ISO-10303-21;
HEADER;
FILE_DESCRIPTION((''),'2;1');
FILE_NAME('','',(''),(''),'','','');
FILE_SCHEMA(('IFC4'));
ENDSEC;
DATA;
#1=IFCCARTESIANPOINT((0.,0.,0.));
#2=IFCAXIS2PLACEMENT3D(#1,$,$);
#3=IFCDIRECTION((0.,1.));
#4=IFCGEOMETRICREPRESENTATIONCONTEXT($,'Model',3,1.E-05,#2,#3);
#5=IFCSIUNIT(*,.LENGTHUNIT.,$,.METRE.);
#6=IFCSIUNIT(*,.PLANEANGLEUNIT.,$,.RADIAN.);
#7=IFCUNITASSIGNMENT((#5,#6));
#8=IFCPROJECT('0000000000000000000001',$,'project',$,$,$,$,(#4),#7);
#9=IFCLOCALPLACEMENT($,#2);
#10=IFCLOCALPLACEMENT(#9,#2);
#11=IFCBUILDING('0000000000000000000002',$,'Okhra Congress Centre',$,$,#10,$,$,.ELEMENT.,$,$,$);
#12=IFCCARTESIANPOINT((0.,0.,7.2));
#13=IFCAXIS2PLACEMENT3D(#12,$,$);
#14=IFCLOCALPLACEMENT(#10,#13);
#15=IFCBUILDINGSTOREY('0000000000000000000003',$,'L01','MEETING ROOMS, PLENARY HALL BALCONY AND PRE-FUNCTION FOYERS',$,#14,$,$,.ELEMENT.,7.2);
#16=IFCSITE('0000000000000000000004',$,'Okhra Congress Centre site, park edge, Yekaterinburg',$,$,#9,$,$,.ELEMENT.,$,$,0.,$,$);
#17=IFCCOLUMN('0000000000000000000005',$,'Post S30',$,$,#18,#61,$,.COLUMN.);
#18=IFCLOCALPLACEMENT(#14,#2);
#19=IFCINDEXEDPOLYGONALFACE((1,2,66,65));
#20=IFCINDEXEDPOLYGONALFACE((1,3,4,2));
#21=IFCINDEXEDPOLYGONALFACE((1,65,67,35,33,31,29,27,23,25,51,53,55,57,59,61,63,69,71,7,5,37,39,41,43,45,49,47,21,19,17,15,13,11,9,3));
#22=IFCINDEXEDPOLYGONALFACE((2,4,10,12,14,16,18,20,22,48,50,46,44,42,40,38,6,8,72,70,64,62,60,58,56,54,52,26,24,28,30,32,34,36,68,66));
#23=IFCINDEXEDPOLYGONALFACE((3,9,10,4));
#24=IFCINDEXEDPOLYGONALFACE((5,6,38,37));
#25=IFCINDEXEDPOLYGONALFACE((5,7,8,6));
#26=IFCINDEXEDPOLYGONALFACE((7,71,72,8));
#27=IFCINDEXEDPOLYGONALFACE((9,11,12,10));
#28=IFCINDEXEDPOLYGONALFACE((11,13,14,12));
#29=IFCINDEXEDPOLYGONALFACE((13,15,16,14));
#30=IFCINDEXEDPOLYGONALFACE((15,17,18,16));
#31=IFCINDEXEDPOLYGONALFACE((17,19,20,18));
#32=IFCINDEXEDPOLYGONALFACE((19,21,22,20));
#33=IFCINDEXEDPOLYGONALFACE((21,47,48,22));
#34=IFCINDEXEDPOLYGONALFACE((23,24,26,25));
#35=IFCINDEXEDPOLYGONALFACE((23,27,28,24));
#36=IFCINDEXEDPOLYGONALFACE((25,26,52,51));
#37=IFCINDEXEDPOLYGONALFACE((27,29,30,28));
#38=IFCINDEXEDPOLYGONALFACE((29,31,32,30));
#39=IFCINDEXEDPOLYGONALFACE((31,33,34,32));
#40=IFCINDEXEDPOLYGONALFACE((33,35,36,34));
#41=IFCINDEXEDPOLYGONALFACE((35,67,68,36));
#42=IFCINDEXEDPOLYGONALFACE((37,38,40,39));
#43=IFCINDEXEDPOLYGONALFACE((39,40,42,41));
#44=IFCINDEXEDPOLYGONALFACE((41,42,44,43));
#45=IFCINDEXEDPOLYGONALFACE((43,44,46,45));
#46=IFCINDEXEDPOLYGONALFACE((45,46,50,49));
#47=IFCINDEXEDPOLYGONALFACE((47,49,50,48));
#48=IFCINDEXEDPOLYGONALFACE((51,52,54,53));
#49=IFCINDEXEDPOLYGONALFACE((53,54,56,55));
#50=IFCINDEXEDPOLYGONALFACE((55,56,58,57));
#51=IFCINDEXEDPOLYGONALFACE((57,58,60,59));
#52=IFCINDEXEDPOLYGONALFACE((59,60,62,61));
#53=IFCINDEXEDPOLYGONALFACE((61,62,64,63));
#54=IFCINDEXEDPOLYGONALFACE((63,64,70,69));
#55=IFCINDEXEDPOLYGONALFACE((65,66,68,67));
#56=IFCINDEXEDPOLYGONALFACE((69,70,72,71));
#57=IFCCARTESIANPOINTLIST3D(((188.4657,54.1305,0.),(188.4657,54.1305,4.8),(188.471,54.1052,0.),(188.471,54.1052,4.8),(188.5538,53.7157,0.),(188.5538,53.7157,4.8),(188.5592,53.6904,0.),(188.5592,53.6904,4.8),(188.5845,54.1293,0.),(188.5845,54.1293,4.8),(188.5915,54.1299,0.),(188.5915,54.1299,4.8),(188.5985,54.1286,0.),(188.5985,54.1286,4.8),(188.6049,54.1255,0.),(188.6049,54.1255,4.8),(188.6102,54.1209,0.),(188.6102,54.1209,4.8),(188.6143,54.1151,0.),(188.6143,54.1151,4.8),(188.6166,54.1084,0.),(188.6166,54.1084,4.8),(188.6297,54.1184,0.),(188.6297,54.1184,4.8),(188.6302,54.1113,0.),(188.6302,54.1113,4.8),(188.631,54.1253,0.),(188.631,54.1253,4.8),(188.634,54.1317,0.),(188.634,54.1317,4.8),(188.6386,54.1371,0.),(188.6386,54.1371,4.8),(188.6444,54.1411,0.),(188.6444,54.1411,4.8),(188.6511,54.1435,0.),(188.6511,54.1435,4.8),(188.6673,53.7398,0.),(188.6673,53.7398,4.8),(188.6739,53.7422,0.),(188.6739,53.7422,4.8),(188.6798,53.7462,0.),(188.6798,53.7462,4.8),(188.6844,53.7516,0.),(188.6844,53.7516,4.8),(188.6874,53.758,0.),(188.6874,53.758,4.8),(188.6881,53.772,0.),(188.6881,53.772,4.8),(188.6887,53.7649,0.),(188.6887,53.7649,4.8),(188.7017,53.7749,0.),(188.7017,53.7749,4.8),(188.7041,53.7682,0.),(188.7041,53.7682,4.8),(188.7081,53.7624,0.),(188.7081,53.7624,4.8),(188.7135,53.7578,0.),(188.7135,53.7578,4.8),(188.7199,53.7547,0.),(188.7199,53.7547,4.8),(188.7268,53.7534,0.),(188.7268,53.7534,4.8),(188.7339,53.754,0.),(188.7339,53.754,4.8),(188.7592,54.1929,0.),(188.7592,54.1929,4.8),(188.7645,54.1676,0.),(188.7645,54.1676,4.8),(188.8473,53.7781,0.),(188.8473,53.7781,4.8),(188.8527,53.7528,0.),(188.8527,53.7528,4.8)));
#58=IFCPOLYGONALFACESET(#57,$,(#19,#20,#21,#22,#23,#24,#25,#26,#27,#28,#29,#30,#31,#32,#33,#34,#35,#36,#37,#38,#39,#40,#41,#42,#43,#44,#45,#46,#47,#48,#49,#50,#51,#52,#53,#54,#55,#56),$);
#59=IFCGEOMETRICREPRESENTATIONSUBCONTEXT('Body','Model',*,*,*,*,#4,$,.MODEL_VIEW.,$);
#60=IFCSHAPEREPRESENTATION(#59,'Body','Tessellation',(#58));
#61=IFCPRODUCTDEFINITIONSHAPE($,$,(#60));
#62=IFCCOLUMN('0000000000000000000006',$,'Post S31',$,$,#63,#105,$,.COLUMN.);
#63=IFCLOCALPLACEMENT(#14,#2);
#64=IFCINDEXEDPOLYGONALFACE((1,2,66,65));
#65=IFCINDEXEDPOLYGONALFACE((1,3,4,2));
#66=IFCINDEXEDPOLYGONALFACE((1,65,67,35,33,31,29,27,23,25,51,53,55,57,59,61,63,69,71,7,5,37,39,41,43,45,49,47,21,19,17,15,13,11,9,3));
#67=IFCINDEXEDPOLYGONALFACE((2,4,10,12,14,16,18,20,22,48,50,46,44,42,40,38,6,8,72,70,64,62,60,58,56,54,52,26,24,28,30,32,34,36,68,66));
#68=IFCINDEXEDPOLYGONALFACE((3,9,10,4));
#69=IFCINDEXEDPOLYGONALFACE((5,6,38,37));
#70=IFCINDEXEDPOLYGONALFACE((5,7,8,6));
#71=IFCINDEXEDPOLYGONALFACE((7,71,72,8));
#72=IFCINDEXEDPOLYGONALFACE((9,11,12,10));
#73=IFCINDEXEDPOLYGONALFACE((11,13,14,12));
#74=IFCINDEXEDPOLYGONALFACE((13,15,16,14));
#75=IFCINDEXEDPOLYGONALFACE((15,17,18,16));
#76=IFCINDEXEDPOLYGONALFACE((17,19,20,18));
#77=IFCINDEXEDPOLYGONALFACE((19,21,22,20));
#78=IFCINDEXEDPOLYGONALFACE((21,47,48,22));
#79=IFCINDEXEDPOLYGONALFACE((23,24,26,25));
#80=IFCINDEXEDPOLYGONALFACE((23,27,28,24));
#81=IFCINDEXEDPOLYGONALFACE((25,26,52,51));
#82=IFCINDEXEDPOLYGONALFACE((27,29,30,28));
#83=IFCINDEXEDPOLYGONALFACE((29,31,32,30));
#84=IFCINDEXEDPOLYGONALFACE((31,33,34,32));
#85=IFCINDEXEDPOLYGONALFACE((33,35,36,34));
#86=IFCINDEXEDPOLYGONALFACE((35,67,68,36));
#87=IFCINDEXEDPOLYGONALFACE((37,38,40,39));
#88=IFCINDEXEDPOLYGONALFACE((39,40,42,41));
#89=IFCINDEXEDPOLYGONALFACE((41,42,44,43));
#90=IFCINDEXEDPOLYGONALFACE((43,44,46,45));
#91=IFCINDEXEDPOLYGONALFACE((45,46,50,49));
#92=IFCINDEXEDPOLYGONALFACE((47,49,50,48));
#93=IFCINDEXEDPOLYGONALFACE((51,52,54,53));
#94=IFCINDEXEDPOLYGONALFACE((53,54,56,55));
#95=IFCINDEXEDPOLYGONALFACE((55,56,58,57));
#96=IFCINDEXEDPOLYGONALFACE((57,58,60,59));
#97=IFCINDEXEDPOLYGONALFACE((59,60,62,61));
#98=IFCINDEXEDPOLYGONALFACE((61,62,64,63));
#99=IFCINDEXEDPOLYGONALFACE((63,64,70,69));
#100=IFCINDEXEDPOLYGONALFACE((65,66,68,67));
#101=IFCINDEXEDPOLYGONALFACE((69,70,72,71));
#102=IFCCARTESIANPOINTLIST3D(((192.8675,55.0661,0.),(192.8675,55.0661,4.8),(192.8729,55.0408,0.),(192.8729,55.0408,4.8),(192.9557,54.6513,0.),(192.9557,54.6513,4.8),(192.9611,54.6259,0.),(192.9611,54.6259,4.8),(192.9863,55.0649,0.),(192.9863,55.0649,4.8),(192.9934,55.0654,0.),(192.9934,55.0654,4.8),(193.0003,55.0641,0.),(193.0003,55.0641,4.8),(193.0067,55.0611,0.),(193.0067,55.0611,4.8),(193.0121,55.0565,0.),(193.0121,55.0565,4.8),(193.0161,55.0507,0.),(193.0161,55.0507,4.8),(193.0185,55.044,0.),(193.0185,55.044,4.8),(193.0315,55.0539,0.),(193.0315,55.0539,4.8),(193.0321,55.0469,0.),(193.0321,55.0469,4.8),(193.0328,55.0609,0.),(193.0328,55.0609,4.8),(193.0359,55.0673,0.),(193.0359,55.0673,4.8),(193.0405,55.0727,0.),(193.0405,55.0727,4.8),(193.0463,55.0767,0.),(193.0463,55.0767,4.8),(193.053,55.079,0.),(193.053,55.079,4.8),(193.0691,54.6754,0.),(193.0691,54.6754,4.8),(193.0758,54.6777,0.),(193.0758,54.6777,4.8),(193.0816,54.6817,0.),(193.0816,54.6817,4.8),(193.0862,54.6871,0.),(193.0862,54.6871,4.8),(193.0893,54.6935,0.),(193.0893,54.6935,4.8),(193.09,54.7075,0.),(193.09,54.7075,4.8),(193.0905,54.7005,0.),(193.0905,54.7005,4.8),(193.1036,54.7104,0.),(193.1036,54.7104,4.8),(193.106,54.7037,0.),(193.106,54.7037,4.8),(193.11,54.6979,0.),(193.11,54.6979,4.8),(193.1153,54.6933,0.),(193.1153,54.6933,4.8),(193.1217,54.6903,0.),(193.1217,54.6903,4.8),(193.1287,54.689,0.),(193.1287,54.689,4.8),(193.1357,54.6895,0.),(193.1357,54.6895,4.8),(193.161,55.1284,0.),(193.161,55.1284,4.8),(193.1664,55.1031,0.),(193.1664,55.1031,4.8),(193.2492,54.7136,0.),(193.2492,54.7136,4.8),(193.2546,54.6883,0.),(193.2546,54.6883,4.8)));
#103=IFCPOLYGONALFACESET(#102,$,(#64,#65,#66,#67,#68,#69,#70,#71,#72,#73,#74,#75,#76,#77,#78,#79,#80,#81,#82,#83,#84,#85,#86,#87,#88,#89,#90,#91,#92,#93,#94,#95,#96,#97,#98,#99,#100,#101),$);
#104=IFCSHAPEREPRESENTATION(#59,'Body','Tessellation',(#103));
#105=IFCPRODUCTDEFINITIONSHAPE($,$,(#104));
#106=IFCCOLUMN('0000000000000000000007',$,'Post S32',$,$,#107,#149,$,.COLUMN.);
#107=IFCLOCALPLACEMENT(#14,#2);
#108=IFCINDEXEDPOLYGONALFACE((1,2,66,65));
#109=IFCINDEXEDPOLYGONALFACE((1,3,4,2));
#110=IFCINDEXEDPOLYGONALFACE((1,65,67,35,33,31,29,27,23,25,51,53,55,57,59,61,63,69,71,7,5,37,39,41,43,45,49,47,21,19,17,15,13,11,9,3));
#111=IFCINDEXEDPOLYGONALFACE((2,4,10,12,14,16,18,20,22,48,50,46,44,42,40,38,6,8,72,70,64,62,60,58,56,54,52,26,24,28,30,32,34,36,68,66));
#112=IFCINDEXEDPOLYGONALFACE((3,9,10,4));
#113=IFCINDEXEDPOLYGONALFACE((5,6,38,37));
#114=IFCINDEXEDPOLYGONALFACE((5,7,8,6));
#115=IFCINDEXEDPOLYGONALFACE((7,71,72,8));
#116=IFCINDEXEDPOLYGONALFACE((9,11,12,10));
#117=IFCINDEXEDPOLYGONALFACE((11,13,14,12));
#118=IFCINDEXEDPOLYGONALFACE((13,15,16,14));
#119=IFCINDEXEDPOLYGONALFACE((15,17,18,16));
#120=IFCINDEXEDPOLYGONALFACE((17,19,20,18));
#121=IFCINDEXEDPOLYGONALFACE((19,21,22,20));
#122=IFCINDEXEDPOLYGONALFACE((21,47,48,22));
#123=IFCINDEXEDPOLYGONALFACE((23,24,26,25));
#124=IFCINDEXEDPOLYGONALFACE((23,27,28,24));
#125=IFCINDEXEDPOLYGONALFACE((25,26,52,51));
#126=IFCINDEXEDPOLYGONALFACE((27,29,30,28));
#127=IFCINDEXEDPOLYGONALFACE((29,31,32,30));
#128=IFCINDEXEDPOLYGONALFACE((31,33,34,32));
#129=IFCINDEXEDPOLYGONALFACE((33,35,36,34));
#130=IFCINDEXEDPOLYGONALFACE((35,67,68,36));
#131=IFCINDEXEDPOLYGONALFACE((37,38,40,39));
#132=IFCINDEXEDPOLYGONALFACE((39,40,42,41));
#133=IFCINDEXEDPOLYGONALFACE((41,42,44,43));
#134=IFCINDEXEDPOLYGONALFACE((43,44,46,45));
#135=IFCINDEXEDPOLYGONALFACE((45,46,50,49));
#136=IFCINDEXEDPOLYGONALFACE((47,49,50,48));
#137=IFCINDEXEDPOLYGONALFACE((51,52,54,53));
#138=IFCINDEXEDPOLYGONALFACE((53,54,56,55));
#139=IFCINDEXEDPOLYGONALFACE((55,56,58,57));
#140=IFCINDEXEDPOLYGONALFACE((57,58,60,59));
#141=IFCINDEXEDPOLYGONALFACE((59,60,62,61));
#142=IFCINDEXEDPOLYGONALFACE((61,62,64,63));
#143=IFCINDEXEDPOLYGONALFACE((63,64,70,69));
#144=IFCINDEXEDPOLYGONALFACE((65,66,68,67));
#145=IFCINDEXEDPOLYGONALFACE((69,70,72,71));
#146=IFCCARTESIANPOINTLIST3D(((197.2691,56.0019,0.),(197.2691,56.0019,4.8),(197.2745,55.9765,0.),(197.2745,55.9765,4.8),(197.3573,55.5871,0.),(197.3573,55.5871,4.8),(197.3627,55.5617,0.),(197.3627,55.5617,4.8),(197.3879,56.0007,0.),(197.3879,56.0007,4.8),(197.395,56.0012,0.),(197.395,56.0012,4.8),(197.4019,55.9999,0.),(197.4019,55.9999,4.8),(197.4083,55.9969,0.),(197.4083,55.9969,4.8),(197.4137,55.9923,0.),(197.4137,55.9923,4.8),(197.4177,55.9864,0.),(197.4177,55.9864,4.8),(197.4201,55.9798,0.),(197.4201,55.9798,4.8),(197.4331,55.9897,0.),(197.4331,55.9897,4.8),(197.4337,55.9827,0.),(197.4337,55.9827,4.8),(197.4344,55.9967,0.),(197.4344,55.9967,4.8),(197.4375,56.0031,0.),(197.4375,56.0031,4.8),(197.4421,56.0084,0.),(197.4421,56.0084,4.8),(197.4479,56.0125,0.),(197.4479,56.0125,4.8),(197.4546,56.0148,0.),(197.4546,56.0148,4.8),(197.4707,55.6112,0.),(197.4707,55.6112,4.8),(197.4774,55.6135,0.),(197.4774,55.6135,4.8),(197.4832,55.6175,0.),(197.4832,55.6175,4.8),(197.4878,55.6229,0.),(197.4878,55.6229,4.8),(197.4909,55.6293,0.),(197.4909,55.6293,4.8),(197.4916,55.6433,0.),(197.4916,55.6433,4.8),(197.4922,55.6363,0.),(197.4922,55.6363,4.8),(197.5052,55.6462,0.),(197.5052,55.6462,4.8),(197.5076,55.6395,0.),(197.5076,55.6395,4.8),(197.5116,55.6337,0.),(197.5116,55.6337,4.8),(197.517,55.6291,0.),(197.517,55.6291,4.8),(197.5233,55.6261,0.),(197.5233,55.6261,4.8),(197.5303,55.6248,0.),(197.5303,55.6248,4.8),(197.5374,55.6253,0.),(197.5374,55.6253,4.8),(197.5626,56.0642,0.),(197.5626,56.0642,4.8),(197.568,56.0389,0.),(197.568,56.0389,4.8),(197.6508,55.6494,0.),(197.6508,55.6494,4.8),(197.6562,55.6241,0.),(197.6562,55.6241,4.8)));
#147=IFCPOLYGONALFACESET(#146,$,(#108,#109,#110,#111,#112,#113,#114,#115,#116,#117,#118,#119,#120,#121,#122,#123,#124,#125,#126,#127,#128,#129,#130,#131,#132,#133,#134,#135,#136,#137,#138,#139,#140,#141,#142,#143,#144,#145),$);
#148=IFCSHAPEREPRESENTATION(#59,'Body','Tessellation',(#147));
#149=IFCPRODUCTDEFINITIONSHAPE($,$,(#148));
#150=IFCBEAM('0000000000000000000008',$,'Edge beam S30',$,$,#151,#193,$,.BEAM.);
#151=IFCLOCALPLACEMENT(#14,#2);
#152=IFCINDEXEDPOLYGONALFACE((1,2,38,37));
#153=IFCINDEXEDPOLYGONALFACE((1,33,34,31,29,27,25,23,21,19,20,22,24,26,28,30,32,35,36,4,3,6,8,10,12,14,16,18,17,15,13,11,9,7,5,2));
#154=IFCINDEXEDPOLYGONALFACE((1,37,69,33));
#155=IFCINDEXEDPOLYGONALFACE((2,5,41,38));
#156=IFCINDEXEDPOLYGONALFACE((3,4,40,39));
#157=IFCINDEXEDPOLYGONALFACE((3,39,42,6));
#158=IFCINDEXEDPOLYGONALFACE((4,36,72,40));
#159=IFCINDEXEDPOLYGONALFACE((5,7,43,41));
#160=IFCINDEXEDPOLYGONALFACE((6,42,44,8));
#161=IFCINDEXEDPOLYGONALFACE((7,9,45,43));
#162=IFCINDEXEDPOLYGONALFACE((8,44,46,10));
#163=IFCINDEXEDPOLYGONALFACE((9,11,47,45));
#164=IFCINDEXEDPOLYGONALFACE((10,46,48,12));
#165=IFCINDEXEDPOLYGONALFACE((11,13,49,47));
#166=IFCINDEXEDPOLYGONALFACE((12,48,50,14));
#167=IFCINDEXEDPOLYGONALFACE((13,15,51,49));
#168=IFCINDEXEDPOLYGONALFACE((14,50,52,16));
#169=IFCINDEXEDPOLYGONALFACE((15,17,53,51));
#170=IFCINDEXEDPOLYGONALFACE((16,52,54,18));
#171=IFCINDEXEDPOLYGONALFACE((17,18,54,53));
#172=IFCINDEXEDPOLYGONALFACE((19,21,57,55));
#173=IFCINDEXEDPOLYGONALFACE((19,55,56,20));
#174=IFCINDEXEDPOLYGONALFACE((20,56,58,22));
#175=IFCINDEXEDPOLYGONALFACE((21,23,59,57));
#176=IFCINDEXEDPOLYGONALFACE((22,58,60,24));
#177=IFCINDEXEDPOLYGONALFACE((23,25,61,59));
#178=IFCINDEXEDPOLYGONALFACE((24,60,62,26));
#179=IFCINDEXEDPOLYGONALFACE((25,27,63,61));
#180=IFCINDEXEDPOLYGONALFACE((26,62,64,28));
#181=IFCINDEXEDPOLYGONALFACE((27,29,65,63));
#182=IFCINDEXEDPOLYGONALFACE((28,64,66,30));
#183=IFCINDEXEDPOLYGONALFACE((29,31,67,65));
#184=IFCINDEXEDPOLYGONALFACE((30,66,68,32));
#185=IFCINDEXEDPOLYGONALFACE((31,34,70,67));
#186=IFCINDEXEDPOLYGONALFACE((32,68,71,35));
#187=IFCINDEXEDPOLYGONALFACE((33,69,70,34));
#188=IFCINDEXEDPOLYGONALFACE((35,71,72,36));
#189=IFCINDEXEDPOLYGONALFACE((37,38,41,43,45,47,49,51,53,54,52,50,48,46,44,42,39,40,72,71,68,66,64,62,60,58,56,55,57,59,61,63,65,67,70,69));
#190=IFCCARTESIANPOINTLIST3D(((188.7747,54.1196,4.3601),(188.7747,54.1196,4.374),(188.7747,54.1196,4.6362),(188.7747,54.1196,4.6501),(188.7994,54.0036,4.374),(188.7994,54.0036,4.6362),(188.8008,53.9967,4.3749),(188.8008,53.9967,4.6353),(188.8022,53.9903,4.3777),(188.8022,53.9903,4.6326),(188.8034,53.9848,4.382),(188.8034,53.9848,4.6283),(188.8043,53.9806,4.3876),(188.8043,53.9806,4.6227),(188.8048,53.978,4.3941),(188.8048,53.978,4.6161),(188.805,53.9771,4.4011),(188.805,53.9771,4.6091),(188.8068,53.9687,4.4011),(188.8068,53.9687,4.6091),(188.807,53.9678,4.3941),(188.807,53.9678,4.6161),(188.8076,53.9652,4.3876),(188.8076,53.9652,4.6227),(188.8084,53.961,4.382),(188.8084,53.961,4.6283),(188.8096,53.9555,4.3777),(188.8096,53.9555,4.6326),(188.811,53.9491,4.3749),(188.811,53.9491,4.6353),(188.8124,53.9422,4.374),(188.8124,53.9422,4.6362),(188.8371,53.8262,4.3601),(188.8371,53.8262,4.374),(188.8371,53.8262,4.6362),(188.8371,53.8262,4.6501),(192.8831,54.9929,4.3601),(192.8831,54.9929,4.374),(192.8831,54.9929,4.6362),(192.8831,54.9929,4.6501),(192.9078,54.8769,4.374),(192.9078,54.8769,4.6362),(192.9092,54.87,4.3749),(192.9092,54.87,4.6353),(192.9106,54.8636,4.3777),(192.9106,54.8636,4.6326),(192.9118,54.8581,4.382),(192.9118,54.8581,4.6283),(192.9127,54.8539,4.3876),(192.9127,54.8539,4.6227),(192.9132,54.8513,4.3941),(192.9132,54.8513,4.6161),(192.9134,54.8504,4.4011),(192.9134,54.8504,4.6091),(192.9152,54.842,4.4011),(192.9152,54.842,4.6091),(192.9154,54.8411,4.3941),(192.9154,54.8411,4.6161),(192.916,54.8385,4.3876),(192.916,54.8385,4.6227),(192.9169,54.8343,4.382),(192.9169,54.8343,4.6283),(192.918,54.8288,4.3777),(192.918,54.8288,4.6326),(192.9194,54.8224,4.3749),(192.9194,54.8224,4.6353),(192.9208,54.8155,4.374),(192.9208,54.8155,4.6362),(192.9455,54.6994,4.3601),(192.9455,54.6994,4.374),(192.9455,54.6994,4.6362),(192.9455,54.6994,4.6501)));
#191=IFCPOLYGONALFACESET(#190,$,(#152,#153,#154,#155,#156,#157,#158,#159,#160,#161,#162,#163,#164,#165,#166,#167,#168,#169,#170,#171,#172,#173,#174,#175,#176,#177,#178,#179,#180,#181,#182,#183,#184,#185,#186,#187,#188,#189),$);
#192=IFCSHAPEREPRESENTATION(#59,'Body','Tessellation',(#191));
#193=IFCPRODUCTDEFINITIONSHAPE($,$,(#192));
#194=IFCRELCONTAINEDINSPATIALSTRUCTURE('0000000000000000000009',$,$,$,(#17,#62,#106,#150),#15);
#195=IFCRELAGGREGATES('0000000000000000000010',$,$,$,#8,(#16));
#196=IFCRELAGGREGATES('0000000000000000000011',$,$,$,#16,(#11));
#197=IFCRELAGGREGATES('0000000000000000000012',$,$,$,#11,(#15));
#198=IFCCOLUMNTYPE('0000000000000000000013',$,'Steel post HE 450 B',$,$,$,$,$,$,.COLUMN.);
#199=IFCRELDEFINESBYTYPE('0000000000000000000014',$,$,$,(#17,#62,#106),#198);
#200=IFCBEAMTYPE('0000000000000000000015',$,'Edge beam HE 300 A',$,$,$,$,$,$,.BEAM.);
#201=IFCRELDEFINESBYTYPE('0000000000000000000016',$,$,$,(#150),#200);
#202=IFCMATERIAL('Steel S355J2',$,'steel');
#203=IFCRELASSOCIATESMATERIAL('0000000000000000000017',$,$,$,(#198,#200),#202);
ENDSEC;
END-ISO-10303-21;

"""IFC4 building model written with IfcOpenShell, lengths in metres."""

from ifc_helpers import new_model, si_unit, direction, frame, origin, origin_2d, place, context, subcontext, project, spatial, i_section, extrude, material, material_profile, profile_set, type_object, element, save


model = new_model("IFC4")

# Units and contexts
model_context = context("Model", 3, precision=1e-05, world=origin(), true_north=direction((0.0, 1.0)))
body_context = subcontext(model_context, "Body", "Model", "MODEL_VIEW")
ifc_project = project(units=[si_unit("LENGTHUNIT", "METRE"), si_unit("PLANEANGLEUNIT", "RADIAN")], contexts=[model_context])

# Site, building, storey
site_placement = place(None, origin())
site = spatial("IfcSite", under=ifc_project, at=site_placement, Name="Okhra Congress Centre site, park edge, Yekaterinburg", CompositionType="ELEMENT", RefElevation=0.0)
building_placement = place(site_placement, origin())
building = spatial("IfcBuilding", under=site, at=building_placement, Name="Okhra Congress Centre", CompositionType="ELEMENT")
storey_placement = place(building_placement, frame((0.0, 0.0, 7.2)))
storey = spatial("IfcBuildingStorey", under=building, at=storey_placement, Name="L01", Description="MEETING ROOMS, PLENARY HALL BALCONY AND PRE-FUNCTION FOYERS", CompositionType="ELEMENT", Elevation=7.2)

# Columns
ifc_material_1 = material(Name="Steel S355J2", Category="steel")
ifc_material_profile_1 = material_profile(ifc_material_1, i_section(OverallWidth=0.3, OverallDepth=0.45, WebThickness=0.0139, FlangeThickness=0.0259, FilletRadius=0.0271, at=origin_2d()), Name="HE 450 B")
ifc_profile_set_1 = profile_set([ifc_material_profile_1], Name="Steel S355J2")
column_type = type_object("IfcColumnType", Name="Steel post HE 450 B", PredefinedType="COLUMN", material=ifc_profile_set_1)
for number, where, z_axis, x_axis, name in (
    (1, (188.6592, 53.9417, 0.0), (0.0, 0.0, 1.0), (0.978148, 0.207912, 0.0), "Post S30"),
    (2, (193.061, 54.8772, 0.0), (0.0, 0.0, 1.0), (0.978148, 0.207912, 0.0), "Post S31"),
    (3, (197.4626, 55.813, 0.0), (0.0, 0.0, 1.0), (0.978148, 0.207912, 0.0), "Post S32"),
):
    element("IfcColumn", number, at=place(storey_placement, frame(where, z_axis=z_axis, x_axis=x_axis)), inside=storey, type_object=column_type, Name=name, PredefinedType="COLUMN", context=body_context, shape_type="SweptSolid", body=[
        extrude(i_section(OverallWidth=0.3, OverallDepth=0.45, WebThickness=0.0139, FlangeThickness=0.0259, FilletRadius=0.0271, at=origin_2d()), origin(), (0.0, 0.0, 1.0), 4.8),
    ])

# Beam
ifc_material_profile_2 = material_profile(ifc_material_1, i_section(OverallWidth=0.3, OverallDepth=0.29, WebThickness=0.0085, FlangeThickness=0.0139, FilletRadius=0.0271, at=origin_2d()), Name="HE 300 A")
ifc_profile_set_2 = profile_set([ifc_material_profile_2], Name="Steel S355J2")
beam_type_1 = type_object("IfcBeamType", Name="Edge beam HE 300 A", PredefinedType="BEAM", material=ifc_profile_set_2)
for number, where, z_axis, x_axis, name in (
    (4, (188.8059, 53.9729, 4.5051), (0.978146, 0.207917, 0.0), (-0.207917, 0.978146, 0.0), "Edge beam S30"),
):
    element("IfcBeam", number, at=place(storey_placement, frame(where, z_axis=z_axis, x_axis=x_axis)), inside=storey, type_object=beam_type_1, Name=name, PredefinedType="BEAM", context=body_context, shape_type="SweptSolid", body=[
        extrude(i_section(OverallWidth=0.3, OverallDepth=0.29, WebThickness=0.0085, FlangeThickness=0.0139, FilletRadius=0.0271, at=origin_2d()), origin(), (0.0, 0.0, 1.0), 4.2002),
    ])

save(model, "model.ifc")
